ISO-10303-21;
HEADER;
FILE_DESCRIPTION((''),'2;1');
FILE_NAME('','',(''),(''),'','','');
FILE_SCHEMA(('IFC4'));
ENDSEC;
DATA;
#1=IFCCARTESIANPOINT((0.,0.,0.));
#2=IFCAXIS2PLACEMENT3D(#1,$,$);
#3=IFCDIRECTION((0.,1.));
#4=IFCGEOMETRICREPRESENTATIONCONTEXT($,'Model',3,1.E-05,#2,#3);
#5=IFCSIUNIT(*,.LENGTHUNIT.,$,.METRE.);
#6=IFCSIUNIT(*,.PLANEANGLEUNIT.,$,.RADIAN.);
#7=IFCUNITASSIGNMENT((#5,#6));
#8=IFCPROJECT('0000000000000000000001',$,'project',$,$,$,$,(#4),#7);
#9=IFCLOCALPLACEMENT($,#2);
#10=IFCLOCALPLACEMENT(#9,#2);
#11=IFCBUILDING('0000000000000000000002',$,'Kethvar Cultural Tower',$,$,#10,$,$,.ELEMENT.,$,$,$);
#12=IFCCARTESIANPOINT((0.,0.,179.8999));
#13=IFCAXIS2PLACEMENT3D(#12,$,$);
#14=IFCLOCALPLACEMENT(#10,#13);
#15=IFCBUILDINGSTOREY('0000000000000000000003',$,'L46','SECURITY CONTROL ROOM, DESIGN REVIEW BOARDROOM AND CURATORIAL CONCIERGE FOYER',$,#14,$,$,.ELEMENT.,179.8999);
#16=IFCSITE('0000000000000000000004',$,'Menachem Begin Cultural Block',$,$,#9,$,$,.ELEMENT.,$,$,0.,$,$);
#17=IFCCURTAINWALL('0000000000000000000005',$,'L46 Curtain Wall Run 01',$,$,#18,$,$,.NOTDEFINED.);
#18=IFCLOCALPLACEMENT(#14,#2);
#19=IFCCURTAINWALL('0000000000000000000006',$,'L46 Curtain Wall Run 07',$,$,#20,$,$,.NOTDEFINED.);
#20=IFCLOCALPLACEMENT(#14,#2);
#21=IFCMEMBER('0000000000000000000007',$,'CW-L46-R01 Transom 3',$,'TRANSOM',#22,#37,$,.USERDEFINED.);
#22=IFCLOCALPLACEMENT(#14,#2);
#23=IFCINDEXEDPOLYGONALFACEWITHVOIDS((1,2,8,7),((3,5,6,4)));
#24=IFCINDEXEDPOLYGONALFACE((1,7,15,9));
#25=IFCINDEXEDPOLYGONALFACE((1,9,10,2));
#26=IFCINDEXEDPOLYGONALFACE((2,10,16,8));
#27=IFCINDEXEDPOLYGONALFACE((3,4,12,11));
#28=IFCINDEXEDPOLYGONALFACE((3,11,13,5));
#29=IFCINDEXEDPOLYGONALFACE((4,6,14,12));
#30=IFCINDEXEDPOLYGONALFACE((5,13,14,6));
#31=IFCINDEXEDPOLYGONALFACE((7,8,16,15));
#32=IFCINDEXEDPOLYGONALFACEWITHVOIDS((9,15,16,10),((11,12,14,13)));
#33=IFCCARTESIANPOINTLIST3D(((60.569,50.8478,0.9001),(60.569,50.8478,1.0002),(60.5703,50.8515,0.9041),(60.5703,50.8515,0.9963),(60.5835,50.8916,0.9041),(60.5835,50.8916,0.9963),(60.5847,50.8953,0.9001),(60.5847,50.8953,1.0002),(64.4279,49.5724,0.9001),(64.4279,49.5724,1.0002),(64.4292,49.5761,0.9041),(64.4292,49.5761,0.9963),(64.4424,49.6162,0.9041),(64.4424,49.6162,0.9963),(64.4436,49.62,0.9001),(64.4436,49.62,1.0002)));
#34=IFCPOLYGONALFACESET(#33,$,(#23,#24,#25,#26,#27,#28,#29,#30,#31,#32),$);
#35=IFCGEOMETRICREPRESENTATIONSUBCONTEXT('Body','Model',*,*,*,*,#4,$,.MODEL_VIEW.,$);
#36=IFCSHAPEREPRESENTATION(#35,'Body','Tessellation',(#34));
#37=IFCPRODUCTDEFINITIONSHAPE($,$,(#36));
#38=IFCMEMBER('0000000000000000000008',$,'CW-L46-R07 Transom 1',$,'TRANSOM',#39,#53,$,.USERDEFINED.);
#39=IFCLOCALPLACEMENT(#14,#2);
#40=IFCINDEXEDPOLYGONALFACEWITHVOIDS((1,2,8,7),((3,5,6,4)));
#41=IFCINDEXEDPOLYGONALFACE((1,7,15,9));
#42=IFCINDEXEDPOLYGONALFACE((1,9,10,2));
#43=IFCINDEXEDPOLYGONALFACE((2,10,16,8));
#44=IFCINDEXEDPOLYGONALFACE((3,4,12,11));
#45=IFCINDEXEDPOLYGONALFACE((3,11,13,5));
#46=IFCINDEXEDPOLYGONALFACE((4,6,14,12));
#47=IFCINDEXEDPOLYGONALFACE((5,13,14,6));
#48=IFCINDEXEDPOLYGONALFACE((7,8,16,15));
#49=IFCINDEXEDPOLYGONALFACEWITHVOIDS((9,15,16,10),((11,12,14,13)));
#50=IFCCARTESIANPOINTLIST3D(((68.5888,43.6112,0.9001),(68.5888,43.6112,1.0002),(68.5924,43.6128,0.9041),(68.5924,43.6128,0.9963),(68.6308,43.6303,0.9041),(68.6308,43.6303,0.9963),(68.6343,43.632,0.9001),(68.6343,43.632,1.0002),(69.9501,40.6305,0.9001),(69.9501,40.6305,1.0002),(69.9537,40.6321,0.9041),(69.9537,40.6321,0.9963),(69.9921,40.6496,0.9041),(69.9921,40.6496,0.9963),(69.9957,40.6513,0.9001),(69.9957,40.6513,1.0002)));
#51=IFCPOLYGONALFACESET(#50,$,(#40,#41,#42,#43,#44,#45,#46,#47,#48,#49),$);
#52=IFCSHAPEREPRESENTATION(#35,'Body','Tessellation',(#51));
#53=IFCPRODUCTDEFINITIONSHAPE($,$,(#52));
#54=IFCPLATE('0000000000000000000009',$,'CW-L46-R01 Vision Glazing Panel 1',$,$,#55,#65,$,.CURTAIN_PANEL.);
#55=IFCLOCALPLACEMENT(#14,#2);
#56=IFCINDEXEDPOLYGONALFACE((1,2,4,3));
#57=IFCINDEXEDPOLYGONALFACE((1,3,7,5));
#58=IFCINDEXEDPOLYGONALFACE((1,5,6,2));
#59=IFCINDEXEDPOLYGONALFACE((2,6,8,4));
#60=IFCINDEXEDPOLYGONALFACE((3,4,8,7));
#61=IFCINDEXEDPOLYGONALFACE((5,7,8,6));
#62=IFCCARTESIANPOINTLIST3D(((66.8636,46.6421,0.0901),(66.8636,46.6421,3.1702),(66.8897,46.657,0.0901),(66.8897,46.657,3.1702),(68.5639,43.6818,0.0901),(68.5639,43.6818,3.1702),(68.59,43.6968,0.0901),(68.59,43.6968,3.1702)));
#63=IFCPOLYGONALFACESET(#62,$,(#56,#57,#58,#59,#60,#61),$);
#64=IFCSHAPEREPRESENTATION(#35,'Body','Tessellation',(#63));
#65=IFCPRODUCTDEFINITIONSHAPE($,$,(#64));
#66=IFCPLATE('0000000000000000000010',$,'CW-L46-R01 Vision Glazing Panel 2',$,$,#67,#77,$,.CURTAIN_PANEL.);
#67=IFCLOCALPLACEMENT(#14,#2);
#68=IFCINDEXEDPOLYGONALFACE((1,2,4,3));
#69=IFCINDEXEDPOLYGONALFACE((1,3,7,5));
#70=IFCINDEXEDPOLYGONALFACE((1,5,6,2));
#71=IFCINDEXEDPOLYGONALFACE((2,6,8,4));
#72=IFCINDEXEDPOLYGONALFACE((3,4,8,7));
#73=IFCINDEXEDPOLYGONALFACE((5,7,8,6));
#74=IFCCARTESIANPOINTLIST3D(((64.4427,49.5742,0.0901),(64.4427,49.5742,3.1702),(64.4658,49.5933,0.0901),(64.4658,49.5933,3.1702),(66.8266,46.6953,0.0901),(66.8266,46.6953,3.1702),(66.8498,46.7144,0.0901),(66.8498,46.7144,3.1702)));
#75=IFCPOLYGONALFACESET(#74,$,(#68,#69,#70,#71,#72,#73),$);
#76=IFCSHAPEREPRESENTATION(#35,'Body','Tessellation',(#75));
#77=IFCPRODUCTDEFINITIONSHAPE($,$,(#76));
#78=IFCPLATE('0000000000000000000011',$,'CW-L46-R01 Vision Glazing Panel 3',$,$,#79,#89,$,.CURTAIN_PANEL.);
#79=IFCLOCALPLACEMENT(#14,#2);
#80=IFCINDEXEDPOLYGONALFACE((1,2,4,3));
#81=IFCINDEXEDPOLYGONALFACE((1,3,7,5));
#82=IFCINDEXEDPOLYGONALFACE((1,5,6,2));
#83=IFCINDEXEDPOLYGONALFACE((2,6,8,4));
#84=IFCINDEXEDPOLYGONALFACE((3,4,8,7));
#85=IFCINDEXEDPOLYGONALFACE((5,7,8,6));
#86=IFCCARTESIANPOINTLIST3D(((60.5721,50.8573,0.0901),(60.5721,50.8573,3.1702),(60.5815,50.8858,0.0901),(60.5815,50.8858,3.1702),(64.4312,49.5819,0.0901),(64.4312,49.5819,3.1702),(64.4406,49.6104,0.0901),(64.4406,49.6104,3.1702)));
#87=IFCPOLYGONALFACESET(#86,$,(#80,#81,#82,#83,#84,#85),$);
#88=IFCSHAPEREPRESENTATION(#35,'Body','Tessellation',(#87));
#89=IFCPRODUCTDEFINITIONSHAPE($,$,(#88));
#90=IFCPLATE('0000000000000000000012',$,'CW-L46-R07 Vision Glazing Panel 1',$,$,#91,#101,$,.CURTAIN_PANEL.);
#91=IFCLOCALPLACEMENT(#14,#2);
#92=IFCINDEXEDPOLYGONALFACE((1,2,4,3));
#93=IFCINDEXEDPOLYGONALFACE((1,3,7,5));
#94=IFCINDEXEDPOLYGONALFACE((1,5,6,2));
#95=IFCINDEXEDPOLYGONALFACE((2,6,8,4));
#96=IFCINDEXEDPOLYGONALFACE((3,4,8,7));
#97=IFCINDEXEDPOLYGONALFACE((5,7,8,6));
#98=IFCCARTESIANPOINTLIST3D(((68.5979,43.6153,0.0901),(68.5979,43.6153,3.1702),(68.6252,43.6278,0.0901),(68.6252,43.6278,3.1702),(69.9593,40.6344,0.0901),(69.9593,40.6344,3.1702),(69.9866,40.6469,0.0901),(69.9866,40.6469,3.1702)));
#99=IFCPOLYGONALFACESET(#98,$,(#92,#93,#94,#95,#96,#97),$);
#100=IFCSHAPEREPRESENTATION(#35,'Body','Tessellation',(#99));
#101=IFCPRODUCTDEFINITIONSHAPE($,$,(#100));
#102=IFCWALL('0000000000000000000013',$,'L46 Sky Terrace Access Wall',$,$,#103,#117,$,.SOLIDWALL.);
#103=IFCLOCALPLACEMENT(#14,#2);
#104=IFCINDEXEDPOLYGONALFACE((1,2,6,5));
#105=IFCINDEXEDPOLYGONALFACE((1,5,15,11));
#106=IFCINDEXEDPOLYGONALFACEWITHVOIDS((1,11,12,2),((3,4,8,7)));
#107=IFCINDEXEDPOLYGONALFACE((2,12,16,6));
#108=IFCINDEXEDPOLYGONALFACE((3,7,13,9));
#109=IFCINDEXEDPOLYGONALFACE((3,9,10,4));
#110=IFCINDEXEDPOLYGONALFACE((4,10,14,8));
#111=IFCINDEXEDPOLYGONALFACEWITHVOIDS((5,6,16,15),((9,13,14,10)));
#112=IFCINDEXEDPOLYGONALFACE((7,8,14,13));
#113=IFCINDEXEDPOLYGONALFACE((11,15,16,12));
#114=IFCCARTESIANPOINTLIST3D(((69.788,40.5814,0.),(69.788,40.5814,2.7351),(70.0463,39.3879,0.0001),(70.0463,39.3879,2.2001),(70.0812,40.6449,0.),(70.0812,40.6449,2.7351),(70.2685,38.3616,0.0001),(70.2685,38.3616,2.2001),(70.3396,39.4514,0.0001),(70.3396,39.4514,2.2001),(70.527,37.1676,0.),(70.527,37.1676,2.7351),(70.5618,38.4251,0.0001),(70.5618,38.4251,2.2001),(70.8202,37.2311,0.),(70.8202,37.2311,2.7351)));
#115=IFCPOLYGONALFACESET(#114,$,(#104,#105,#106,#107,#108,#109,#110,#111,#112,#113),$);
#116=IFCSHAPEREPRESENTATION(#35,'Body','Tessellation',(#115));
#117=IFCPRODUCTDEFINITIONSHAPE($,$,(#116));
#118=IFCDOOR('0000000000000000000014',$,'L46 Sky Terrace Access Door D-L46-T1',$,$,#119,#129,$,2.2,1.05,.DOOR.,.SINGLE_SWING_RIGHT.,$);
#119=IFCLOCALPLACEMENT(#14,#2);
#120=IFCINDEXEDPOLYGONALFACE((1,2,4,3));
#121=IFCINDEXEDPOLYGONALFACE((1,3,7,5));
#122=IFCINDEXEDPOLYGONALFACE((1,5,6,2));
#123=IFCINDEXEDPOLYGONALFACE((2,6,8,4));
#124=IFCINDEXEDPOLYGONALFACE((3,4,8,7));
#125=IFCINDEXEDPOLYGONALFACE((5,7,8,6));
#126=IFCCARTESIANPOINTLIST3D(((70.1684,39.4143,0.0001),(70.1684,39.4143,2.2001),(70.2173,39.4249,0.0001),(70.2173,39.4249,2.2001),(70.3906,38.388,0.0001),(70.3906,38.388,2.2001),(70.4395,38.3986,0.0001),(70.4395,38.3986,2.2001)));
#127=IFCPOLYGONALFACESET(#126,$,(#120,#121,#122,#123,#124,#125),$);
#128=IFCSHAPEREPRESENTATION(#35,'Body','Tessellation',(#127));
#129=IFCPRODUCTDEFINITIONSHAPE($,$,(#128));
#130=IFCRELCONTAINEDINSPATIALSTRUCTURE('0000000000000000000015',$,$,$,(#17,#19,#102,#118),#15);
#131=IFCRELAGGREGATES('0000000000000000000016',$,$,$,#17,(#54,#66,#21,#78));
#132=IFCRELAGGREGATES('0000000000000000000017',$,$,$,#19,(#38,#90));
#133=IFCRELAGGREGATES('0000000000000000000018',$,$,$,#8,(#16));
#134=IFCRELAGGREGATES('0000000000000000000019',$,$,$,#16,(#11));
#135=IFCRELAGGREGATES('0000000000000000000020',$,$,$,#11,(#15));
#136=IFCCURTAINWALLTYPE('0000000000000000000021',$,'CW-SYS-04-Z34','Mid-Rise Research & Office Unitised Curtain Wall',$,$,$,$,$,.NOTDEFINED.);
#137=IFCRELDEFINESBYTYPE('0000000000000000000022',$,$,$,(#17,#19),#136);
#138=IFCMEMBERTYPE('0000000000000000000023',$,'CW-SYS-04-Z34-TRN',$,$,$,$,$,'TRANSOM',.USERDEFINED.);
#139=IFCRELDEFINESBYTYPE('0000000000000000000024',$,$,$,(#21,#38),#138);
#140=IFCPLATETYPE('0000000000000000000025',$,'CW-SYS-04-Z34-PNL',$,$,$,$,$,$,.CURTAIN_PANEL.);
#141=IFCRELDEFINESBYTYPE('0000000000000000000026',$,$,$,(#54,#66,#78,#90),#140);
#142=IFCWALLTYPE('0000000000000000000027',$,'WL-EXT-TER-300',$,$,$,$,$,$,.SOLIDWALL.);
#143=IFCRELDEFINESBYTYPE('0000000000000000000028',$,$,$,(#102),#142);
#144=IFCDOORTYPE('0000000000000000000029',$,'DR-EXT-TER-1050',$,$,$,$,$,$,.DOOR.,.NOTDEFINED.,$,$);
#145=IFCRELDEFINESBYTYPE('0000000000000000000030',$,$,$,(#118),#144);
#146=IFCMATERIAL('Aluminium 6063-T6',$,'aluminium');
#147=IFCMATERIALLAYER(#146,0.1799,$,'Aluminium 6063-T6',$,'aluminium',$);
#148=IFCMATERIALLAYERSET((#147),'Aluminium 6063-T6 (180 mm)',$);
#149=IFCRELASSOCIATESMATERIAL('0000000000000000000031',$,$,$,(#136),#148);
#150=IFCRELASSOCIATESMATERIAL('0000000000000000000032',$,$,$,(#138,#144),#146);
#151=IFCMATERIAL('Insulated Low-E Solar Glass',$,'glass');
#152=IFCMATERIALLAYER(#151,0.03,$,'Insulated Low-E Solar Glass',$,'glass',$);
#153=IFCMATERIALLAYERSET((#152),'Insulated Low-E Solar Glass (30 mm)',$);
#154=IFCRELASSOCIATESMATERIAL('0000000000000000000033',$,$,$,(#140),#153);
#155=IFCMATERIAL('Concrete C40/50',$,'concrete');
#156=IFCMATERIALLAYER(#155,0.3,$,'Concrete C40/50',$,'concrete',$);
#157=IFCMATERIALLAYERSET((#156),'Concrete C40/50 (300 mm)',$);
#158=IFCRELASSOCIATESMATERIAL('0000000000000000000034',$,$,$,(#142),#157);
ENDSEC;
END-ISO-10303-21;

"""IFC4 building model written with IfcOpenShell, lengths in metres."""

from ifc_helpers import new_model, si_unit, direction, frame, frame_2d, origin, origin_2d, place, context, subcontext, project, spatial, rectangle, hollow_rectangle, extrude, source, transform, mapped, material, layer, layer_set, material_profile, profile_set, type_object, element, fill, aggregate, save


model = new_model("IFC4")

# Units and contexts
model_context = context("Model", 3, precision=1e-05, world=origin(), true_north=direction((0.0, 1.0)))
body_context = subcontext(model_context, "Body", "Model", "MODEL_VIEW")
ifc_project = project(units=[si_unit("LENGTHUNIT", "METRE"), si_unit("PLANEANGLEUNIT", "RADIAN")], contexts=[model_context])

# Site, building, storey
site_placement = place(None, origin())
site = spatial("IfcSite", under=ifc_project, at=site_placement, Name="Menachem Begin Cultural Block", CompositionType="ELEMENT", RefElevation=0.0)
building_placement = place(site_placement, origin())
building = spatial("IfcBuilding", under=site, at=building_placement, Name="Kethvar Cultural Tower", CompositionType="ELEMENT")
storey_placement = place(building_placement, frame((0.0, 0.0, 179.8999)))
storey = spatial("IfcBuildingStorey", under=building, at=storey_placement, Name="L46", Description="SECURITY CONTROL ROOM, DESIGN REVIEW BOARDROOM AND CURATORIAL CONCIERGE FOYER", CompositionType="ELEMENT", Elevation=179.8999)

# Curtain walls
ifc_material_1 = material(Name="Aluminium 6063-T6", Category="aluminium")
ifc_layer_1 = layer(ifc_material_1, 0.1799, Name="Aluminium 6063-T6", Category="aluminium")
ifc_layer_set_1 = layer_set([ifc_layer_1], Name="Aluminium 6063-T6 (180 mm)")
curtain_wall_type = type_object("IfcCurtainWallType", Name="CW-SYS-04-Z34", Description="Mid-Rise Research & Office Unitised Curtain Wall", PredefinedType="NOTDEFINED", material=ifc_layer_set_1)
curtain_wall_1_placement = place(storey_placement, origin())
curtain_wall_1 = element("IfcCurtainWall", 1, at=curtain_wall_1_placement, inside=storey, type_object=curtain_wall_type, Name="L46 Curtain Wall Run 01", PredefinedType="NOTDEFINED")
curtain_wall_2_placement = place(storey_placement, origin())
curtain_wall_2 = element("IfcCurtainWall", 2, at=curtain_wall_2_placement, inside=storey, type_object=curtain_wall_type, Name="L46 Curtain Wall Run 07", PredefinedType="NOTDEFINED")

# Members
ifc_material_profile_1 = material_profile(ifc_material_1, hollow_rectangle(XDim=0.05, YDim=0.1001, WallThickness=0.0039, at=origin_2d()), Name="Aluminium 6063-T6 — RHS100x50x4")
ifc_profile_set_1 = profile_set([ifc_material_profile_1], Name="Aluminium 6063-T6 — RHS100x50x4")
member_type_1 = type_object("IfcMemberType", Name="CW-SYS-04-Z34-TRN", ElementType="TRANSOM", PredefinedType="USERDEFINED", material=ifc_profile_set_1)
shared_shape_1 = source(origin(), body_context, "Body", "SweptSolid", [
    extrude(hollow_rectangle(XDim=0.05, YDim=0.1001, WallThickness=0.0039, at=origin_2d()), origin(), (0.0, 0.0, 1.0), 4.0642),
])
member_1_placement = place(storey_placement, frame((64.4358, 49.5962, 0.9502), z_axis=(-0.949485, 0.313812, 0.0), x_axis=(-0.313812, -0.949485, 0.0)))
member_1 = element("IfcMember", 3, at=member_1_placement, type_object=member_type_1, Name="CW-L46-R01 Transom 3", ObjectType="TRANSOM", PredefinedType="USERDEFINED", context=body_context, shape_type="MappedRepresentation", body=[
    mapped(shared_shape_1, transform((0.0, 0.0, 0.0), scale=1.0)),
])
shared_shape_2 = source(origin(), body_context, "Body", "SweptSolid", [
    extrude(hollow_rectangle(XDim=0.05, YDim=0.1001, WallThickness=0.0039, at=origin_2d()), origin(), (0.0, 0.0, 1.0), 3.2769),
])
member_2_placement = place(storey_placement, frame((69.9729, 40.6409, 0.9502), z_axis=(-0.415436, 0.909623, 0.0), x_axis=(-0.909623, -0.415436, 0.0)))
member_2 = element("IfcMember", 4, at=member_2_placement, type_object=member_type_1, Name="CW-L46-R07 Transom 1", ObjectType="TRANSOM", PredefinedType="USERDEFINED", context=body_context, shape_type="MappedRepresentation", body=[
    mapped(shared_shape_2, transform((0.0, 0.0, 0.0), scale=1.0)),
])

# Plates
ifc_material_2 = material(Name="Insulated Low-E Solar Glass", Category="glass")
ifc_layer_2 = layer(ifc_material_2, 0.03, Name="Insulated Low-E Solar Glass", Category="glass")
ifc_layer_set_2 = layer_set([ifc_layer_2], Name="Insulated Low-E Solar Glass (30 mm)")
plate_type = type_object("IfcPlateType", Name="CW-SYS-04-Z34-PNL", PredefinedType="CURTAIN_PANEL", material=ifc_layer_set_2)
shared_shape_3 = source(origin(), body_context, "Body", "SweptSolid", [
    extrude(rectangle(XDim=3.4138, YDim=0.03, at=origin_2d()), origin(), (0.0, 0.0, 1.0), 3.0801),
])
plate_1_placement = place(storey_placement, frame((67.7268, 45.1694, 0.0901), z_axis=(0.0, 0.0, 1.0), x_axis=(-0.498064, 0.86714, 0.0)))
plate_1 = element("IfcPlate", 5, at=plate_1_placement, type_object=plate_type, Name="CW-L46-R01 Vision Glazing Panel 1", PredefinedType="CURTAIN_PANEL", context=body_context, shape_type="MappedRepresentation", body=[
    mapped(shared_shape_3, transform((0.0, 0.0, 0.0), scale=1.0)),
])
shared_shape_4 = source(origin(), body_context, "Body", "SweptSolid", [
    extrude(rectangle(XDim=3.7378, YDim=0.03, at=origin_2d()), origin(), (0.0, 0.0, 1.0), 3.0801),
])
plate_2_placement = place(storey_placement, frame((65.6462, 48.1443, 0.0901), z_axis=(0.0, 0.0, 1.0), x_axis=(-0.637787, 0.770213, 0.0)))
plate_2 = element("IfcPlate", 6, at=plate_2_placement, type_object=plate_type, Name="CW-L46-R01 Vision Glazing Panel 2", PredefinedType="CURTAIN_PANEL", context=body_context, shape_type="MappedRepresentation", body=[
    mapped(shared_shape_4, transform((0.0, 0.0, 0.0), scale=1.0)),
])
shared_shape_5 = source(origin(), body_context, "Body", "SweptSolid", [
    extrude(rectangle(XDim=4.0645, YDim=0.03, at=origin_2d()), origin(), (0.0, 0.0, 1.0), 3.0801),
])
plate_3_placement = place(storey_placement, frame((62.5063, 50.2339, 0.0901), z_axis=(0.0, 0.0, 1.0), x_axis=(-0.949491, 0.313794, 0.0)))
plate_3 = element("IfcPlate", 7, at=plate_3_placement, type_object=plate_type, Name="CW-L46-R01 Vision Glazing Panel 3", PredefinedType="CURTAIN_PANEL", context=body_context, shape_type="MappedRepresentation", body=[
    mapped(shared_shape_5, transform((0.0, 0.0, 0.0), scale=1.0)),
])
aggregate(curtain_wall_1, [plate_1, plate_2, member_1, plate_3])
shared_shape_6 = source(origin(), body_context, "Body", "SweptSolid", [
    extrude(rectangle(XDim=3.2771, YDim=0.03, at=origin_2d()), origin(), (0.0, 0.0, 1.0), 3.0801),
])
plate_4_placement = place(storey_placement, frame((69.2922, 42.1311, 0.0901), z_axis=(0.0, 0.0, 1.0), x_axis=(-0.41544, 0.909621, 0.0)))
plate_4 = element("IfcPlate", 8, at=plate_4_placement, type_object=plate_type, Name="CW-L46-R07 Vision Glazing Panel 1", PredefinedType="CURTAIN_PANEL", context=body_context, shape_type="MappedRepresentation", body=[
    mapped(shared_shape_6, transform((0.0, 0.0, 0.0), scale=1.0)),
])
aggregate(curtain_wall_2, [member_2, plate_4])

# Wall, opening, door
ifc_material_3 = material(Name="Concrete C40/50", Category="concrete")
ifc_layer_3 = layer(ifc_material_3, 0.3, Name="Concrete C40/50", Category="concrete")
ifc_layer_set_3 = layer_set([ifc_layer_3], Name="Concrete C40/50 (300 mm)")
wall_type = type_object("IfcWallType", Name="WL-EXT-TER-300", PredefinedType="SOLIDWALL", material=ifc_layer_set_3)
wall_placement = place(storey_placement, frame((69.9346, 40.6133, 0.0), z_axis=(0.0, 0.0, 1.0), x_axis=(0.211576, -0.977361, 0.0)))
wall = element("IfcWall", 9, at=wall_placement, inside=storey, type_object=wall_type, Name="L46 Sky Terrace Access Wall", PredefinedType="SOLIDWALL", context=body_context, shape_type="SweptSolid", body=[
    extrude(rectangle(XDim=3.4929, YDim=0.3, at=frame_2d((1.7466, 0.0))), origin(), (0.0, 0.0, 1.0), 2.7351),
])
opening_placement = place(wall_placement, frame((1.2214, 0.0, 0.0)))
opening = element("IfcOpeningElement", 10, at=opening_placement, cuts=wall, PredefinedType="OPENING", context=body_context, shape_type="SweptSolid", body=[
    extrude(rectangle(XDim=1.05, YDim=2.2, at=frame_2d((0.5249, 1.1001))), frame((0.0, 0.1599, 0.0), z_axis=(0.0, -1.0, 0.0), x_axis=(1.0, 0.0, 0.0)), (0.0, 0.0, 1.0), 0.3201),
])
door_type = type_object("IfcDoorType", Name="DR-EXT-TER-1050", OperationType="NOTDEFINED", PredefinedType="DOOR", material=ifc_material_1)
shared_shape_7 = source(origin(), body_context, "Body", "SweptSolid", [
    extrude(rectangle(XDim=1.05, YDim=2.2, at=frame_2d((0.5249, 1.1001))), frame((0.0, 0.0249, 0.0), z_axis=(0.0, -1.0, 0.0), x_axis=(1.0, 0.0, 0.0)), (0.0, 0.0, 1.0), 0.05),
])
door_placement = place(opening_placement, origin())
door = element("IfcDoor", 11, at=door_placement, inside=storey, type_object=door_type, Name="L46 Sky Terrace Access Door D-L46-T1", OperationType="SINGLE_SWING_RIGHT", OverallHeight=2.2, OverallWidth=1.05, PredefinedType="DOOR", context=body_context, shape_type="MappedRepresentation", body=[
    mapped(shared_shape_7, transform((0.0, 0.0, 0.0), scale=1.0)),
])
fill(opening, door)

save(model, "model.ifc")
